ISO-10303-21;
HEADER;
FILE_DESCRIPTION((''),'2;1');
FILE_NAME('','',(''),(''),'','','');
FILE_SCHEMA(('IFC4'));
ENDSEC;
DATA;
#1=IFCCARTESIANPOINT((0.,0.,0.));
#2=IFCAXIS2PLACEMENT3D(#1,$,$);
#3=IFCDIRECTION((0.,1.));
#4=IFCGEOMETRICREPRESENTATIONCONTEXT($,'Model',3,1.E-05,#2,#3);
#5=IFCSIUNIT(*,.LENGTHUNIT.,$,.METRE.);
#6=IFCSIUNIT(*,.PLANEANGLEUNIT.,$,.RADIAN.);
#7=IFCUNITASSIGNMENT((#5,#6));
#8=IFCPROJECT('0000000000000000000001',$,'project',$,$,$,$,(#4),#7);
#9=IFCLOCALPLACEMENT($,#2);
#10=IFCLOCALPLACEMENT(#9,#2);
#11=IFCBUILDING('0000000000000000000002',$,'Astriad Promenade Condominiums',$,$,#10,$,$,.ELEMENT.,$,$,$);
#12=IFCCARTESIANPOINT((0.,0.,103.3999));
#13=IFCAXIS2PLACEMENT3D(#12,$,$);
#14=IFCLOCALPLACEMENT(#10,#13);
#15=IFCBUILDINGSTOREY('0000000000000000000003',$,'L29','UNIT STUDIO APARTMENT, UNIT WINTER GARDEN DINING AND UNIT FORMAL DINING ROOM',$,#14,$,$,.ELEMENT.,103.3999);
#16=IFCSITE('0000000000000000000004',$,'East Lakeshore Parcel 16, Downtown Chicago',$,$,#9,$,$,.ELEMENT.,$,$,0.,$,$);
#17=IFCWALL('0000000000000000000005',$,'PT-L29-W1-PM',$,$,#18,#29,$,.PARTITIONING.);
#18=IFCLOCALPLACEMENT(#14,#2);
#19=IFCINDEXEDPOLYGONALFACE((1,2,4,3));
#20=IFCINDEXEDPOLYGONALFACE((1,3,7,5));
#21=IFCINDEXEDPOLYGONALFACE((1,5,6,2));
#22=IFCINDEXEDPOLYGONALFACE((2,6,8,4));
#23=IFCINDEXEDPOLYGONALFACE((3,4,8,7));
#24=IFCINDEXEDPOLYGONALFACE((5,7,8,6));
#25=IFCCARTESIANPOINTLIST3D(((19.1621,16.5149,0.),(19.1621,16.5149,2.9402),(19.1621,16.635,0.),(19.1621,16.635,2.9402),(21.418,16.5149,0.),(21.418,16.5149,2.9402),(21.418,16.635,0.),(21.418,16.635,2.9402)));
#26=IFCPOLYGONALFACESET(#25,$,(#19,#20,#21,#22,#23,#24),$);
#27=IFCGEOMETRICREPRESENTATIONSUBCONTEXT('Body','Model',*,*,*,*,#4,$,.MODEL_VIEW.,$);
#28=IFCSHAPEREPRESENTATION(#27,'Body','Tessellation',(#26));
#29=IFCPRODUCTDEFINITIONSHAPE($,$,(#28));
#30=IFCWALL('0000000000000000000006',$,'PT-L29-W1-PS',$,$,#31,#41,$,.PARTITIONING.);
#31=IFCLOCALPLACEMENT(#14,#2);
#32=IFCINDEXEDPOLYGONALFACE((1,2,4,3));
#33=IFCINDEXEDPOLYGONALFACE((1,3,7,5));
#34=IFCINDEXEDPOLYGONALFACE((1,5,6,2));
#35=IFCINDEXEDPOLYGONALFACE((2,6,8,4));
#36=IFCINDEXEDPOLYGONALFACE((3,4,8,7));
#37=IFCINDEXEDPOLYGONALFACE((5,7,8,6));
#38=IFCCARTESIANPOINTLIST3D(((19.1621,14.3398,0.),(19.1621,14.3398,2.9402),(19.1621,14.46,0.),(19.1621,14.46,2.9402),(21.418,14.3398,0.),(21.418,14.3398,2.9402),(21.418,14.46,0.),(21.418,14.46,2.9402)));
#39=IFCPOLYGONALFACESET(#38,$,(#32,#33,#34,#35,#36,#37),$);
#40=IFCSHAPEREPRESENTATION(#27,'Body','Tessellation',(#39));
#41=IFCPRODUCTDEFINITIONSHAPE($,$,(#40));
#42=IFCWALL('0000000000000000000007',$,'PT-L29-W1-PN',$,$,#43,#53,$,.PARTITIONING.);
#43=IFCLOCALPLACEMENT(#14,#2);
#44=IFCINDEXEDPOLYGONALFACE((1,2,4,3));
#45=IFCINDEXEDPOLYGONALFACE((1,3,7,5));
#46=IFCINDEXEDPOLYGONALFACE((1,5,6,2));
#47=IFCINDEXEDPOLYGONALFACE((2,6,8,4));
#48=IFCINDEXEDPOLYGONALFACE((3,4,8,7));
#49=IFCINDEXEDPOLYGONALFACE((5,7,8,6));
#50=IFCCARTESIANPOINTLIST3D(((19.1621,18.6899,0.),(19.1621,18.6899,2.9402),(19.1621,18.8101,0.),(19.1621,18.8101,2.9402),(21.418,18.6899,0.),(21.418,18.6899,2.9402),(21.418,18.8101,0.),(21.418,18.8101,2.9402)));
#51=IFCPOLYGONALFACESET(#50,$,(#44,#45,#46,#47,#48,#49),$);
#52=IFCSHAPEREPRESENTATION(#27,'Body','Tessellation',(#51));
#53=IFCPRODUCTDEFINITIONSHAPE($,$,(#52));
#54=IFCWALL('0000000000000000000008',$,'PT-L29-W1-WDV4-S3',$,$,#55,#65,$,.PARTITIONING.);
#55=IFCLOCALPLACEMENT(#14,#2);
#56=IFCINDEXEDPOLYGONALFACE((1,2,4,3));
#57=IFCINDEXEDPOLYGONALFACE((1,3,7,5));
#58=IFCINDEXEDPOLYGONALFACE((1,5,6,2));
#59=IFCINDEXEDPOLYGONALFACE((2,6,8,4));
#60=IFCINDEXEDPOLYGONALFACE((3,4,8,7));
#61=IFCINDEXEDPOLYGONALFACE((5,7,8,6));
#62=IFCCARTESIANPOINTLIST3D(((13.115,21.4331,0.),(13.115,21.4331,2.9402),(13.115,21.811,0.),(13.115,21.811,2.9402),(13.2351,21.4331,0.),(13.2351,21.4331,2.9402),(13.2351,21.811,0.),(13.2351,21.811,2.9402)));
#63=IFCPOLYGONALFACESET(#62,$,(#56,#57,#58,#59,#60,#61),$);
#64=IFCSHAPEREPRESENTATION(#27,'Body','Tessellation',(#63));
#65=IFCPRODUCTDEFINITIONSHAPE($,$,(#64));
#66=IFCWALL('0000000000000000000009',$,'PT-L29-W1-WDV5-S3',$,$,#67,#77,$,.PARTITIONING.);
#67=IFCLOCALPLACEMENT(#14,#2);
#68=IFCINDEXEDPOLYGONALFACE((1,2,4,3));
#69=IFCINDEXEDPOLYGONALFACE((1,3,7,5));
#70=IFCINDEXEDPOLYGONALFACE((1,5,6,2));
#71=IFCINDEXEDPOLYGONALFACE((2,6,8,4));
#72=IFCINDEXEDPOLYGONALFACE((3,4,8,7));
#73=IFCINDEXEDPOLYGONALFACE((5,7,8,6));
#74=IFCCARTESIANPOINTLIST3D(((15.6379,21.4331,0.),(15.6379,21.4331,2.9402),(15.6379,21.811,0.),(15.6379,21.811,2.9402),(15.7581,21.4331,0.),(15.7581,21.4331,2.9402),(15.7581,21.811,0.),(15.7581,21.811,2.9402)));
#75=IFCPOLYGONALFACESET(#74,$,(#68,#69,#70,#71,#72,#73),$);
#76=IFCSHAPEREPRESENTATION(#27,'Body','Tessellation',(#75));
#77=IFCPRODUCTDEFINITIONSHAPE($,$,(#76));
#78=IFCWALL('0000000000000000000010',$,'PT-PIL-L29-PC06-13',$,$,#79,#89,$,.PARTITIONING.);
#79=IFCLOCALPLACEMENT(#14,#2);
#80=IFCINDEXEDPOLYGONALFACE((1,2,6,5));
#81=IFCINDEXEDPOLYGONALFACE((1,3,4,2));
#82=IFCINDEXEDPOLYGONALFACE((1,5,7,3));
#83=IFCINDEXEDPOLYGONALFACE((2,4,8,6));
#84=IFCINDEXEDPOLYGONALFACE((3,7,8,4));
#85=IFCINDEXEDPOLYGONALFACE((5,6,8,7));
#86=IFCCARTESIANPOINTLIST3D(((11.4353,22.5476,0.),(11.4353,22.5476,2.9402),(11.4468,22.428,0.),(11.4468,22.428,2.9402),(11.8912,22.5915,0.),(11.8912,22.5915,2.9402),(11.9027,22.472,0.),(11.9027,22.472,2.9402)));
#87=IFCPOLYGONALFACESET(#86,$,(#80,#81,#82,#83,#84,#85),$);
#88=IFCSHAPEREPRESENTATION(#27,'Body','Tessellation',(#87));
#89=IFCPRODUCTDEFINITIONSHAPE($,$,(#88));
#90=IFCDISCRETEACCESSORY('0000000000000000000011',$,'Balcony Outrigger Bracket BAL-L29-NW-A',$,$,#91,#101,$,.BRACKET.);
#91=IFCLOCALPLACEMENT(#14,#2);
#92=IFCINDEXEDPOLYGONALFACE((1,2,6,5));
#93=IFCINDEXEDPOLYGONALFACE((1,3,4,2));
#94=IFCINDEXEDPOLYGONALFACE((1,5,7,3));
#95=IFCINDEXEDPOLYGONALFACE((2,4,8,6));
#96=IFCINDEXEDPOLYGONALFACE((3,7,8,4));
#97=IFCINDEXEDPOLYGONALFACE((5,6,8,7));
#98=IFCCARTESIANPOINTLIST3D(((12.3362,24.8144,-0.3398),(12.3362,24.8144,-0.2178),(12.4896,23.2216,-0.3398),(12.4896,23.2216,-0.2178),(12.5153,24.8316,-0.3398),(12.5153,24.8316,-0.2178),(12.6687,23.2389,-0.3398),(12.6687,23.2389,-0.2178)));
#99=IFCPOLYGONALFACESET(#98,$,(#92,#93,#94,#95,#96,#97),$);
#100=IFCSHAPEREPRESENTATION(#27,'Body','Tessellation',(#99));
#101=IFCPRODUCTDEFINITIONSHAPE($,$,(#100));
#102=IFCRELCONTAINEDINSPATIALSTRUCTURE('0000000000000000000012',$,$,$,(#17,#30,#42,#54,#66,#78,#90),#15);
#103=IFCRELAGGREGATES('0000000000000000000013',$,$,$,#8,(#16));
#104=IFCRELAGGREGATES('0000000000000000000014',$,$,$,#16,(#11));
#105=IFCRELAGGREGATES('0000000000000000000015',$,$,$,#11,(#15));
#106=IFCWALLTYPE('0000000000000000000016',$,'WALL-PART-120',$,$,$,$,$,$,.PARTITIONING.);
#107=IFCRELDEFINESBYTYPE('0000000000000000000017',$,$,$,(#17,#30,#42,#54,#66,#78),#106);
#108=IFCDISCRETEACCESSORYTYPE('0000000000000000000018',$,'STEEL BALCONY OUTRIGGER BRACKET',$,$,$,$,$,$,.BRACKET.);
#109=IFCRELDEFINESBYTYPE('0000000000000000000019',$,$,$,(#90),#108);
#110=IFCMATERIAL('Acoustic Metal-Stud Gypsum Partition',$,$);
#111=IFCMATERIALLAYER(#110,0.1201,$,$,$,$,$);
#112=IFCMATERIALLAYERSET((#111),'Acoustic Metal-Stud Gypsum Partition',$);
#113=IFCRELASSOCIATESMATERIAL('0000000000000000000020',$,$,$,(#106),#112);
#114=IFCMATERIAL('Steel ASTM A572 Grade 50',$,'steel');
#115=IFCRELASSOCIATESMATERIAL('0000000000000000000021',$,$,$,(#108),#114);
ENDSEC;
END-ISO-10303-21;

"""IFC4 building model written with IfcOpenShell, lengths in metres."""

from ifc_helpers import new_model, si_unit, direction, frame, frame_2d, origin, origin_2d, place, context, subcontext, project, spatial, rectangle, extrude, source, transform, mapped, material, layer, layer_set, type_object, type_shapes, element, save


model = new_model("IFC4")

# Units and contexts
model_context = context("Model", 3, precision=1e-05, world=origin(), true_north=direction((0.0, 1.0)))
body_context = subcontext(model_context, "Body", "Model", "MODEL_VIEW")
ifc_project = project(units=[si_unit("LENGTHUNIT", "METRE"), si_unit("PLANEANGLEUNIT", "RADIAN")], contexts=[model_context])

# Site, building, storey
site_placement = place(None, origin())
site = spatial("IfcSite", under=ifc_project, at=site_placement, Name="East Lakeshore Parcel 16, Downtown Chicago", CompositionType="ELEMENT", RefElevation=0.0)
building_placement = place(site_placement, origin())
building = spatial("IfcBuilding", under=site, at=building_placement, Name="Astriad Promenade Condominiums", CompositionType="ELEMENT")
storey_placement = place(building_placement, frame((0.0, 0.0, 103.3999)))
storey = spatial("IfcBuildingStorey", under=building, at=storey_placement, Name="L29", Description="UNIT STUDIO APARTMENT, UNIT WINTER GARDEN DINING AND UNIT FORMAL DINING ROOM", CompositionType="ELEMENT", Elevation=103.3999)

# Shared definitions
ifc_material_1 = material(Name="Acoustic Metal-Stud Gypsum Partition")
ifc_layer_1 = layer(ifc_material_1, 0.1201)
ifc_layer_set_1 = layer_set([ifc_layer_1], Name="Acoustic Metal-Stud Gypsum Partition")
wall_type_1 = type_object("IfcWallType", Name="WALL-PART-120", PredefinedType="PARTITIONING", material=ifc_layer_set_1)

# Walls
for number, where, z_axis, x_axis, name in (
    (1, (19.1621, 16.575, 0.0), (0.0, 0.0, 1.0), (1.0, 0.0, 0.0), "PT-L29-W1-PM"),
    (2, (19.1621, 14.3999, 0.0), (0.0, 0.0, 1.0), (1.0, 0.0, 0.0), "PT-L29-W1-PS"),
    (3, (19.1621, 18.75, 0.0), (0.0, 0.0, 1.0), (1.0, 0.0, 0.0), "PT-L29-W1-PN"),
):
    element("IfcWall", number, at=place(storey_placement, frame(where, z_axis=z_axis, x_axis=x_axis)), inside=storey, type_object=wall_type_1, Name=name, PredefinedType="PARTITIONING", context=body_context, shape_type="SweptSolid", body=[
        extrude(rectangle(XDim=2.2559, YDim=0.1201, at=frame_2d((1.1279, 0.0))), origin(), (0.0, 0.0, 1.0), 2.9402),
    ])
for number, where, z_axis, x_axis, name in (
    (4, (13.175, 21.4331, 0.0), (0.0, 0.0, 1.0), (0.0, 1.0, 0.0), "PT-L29-W1-WDV4-S3"),
    (5, (15.698, 21.4331, 0.0), (0.0, 0.0, 1.0), (0.0, 1.0, 0.0), "PT-L29-W1-WDV5-S3"),
):
    element("IfcWall", number, at=place(storey_placement, frame(where, z_axis=z_axis, x_axis=x_axis)), inside=storey, type_object=wall_type_1, Name=name, PredefinedType="PARTITIONING", context=body_context, shape_type="SweptSolid", body=[
        extrude(rectangle(XDim=0.3779, YDim=0.1201, at=frame_2d((0.189, 0.0))), origin(), (0.0, 0.0, 1.0), 2.9402),
    ])
wall_1_placement = place(storey_placement, frame((11.897, 22.5317, 0.0), z_axis=(0.0, 0.0, 1.0), x_axis=(-0.995385, -0.095966, 0.0)))
element("IfcWall", 6, at=wall_1_placement, inside=storey, type_object=wall_type_1, Name="PT-PIL-L29-PC06-13", PredefinedType="PARTITIONING", context=body_context, shape_type="SweptSolid", body=[
    extrude(rectangle(XDim=0.458, YDim=0.1201, at=frame_2d((0.229, 0.0))), origin(), (0.0, 0.0, 1.0), 2.9402),
])

# Discrete accessory
ifc_material_2 = material(Name="Steel ASTM A572 Grade 50", Category="steel")
discrete_accessory_type = type_object("IfcDiscreteAccessoryType", Name="STEEL BALCONY OUTRIGGER BRACKET", PredefinedType="BRACKET", material=ifc_material_2)
shared_shape_1 = source(origin(), body_context, "Body", "SweptSolid", [
    extrude(rectangle(XDim=1.6001, YDim=0.1799, at=origin_2d()), origin(), (0.0, 0.0, 1.0), 0.1221),
])
type_shapes(discrete_accessory_type, [shared_shape_1])
discrete_accessory_placement = place(storey_placement, frame((12.5024, 24.0266, -0.3398), z_axis=(0.0, 0.0, 1.0), x_axis=(-0.095846, 0.995396, 0.0)))
element("IfcDiscreteAccessory", 7, at=discrete_accessory_placement, inside=storey, type_object=discrete_accessory_type, Name="Balcony Outrigger Bracket BAL-L29-NW-A", PredefinedType="BRACKET", context=body_context, shape_type="MappedRepresentation", body=[
    mapped(shared_shape_1, transform((0.0, 0.0, 0.0), scale=1.0)),
])

save(model, "model.ifc")
